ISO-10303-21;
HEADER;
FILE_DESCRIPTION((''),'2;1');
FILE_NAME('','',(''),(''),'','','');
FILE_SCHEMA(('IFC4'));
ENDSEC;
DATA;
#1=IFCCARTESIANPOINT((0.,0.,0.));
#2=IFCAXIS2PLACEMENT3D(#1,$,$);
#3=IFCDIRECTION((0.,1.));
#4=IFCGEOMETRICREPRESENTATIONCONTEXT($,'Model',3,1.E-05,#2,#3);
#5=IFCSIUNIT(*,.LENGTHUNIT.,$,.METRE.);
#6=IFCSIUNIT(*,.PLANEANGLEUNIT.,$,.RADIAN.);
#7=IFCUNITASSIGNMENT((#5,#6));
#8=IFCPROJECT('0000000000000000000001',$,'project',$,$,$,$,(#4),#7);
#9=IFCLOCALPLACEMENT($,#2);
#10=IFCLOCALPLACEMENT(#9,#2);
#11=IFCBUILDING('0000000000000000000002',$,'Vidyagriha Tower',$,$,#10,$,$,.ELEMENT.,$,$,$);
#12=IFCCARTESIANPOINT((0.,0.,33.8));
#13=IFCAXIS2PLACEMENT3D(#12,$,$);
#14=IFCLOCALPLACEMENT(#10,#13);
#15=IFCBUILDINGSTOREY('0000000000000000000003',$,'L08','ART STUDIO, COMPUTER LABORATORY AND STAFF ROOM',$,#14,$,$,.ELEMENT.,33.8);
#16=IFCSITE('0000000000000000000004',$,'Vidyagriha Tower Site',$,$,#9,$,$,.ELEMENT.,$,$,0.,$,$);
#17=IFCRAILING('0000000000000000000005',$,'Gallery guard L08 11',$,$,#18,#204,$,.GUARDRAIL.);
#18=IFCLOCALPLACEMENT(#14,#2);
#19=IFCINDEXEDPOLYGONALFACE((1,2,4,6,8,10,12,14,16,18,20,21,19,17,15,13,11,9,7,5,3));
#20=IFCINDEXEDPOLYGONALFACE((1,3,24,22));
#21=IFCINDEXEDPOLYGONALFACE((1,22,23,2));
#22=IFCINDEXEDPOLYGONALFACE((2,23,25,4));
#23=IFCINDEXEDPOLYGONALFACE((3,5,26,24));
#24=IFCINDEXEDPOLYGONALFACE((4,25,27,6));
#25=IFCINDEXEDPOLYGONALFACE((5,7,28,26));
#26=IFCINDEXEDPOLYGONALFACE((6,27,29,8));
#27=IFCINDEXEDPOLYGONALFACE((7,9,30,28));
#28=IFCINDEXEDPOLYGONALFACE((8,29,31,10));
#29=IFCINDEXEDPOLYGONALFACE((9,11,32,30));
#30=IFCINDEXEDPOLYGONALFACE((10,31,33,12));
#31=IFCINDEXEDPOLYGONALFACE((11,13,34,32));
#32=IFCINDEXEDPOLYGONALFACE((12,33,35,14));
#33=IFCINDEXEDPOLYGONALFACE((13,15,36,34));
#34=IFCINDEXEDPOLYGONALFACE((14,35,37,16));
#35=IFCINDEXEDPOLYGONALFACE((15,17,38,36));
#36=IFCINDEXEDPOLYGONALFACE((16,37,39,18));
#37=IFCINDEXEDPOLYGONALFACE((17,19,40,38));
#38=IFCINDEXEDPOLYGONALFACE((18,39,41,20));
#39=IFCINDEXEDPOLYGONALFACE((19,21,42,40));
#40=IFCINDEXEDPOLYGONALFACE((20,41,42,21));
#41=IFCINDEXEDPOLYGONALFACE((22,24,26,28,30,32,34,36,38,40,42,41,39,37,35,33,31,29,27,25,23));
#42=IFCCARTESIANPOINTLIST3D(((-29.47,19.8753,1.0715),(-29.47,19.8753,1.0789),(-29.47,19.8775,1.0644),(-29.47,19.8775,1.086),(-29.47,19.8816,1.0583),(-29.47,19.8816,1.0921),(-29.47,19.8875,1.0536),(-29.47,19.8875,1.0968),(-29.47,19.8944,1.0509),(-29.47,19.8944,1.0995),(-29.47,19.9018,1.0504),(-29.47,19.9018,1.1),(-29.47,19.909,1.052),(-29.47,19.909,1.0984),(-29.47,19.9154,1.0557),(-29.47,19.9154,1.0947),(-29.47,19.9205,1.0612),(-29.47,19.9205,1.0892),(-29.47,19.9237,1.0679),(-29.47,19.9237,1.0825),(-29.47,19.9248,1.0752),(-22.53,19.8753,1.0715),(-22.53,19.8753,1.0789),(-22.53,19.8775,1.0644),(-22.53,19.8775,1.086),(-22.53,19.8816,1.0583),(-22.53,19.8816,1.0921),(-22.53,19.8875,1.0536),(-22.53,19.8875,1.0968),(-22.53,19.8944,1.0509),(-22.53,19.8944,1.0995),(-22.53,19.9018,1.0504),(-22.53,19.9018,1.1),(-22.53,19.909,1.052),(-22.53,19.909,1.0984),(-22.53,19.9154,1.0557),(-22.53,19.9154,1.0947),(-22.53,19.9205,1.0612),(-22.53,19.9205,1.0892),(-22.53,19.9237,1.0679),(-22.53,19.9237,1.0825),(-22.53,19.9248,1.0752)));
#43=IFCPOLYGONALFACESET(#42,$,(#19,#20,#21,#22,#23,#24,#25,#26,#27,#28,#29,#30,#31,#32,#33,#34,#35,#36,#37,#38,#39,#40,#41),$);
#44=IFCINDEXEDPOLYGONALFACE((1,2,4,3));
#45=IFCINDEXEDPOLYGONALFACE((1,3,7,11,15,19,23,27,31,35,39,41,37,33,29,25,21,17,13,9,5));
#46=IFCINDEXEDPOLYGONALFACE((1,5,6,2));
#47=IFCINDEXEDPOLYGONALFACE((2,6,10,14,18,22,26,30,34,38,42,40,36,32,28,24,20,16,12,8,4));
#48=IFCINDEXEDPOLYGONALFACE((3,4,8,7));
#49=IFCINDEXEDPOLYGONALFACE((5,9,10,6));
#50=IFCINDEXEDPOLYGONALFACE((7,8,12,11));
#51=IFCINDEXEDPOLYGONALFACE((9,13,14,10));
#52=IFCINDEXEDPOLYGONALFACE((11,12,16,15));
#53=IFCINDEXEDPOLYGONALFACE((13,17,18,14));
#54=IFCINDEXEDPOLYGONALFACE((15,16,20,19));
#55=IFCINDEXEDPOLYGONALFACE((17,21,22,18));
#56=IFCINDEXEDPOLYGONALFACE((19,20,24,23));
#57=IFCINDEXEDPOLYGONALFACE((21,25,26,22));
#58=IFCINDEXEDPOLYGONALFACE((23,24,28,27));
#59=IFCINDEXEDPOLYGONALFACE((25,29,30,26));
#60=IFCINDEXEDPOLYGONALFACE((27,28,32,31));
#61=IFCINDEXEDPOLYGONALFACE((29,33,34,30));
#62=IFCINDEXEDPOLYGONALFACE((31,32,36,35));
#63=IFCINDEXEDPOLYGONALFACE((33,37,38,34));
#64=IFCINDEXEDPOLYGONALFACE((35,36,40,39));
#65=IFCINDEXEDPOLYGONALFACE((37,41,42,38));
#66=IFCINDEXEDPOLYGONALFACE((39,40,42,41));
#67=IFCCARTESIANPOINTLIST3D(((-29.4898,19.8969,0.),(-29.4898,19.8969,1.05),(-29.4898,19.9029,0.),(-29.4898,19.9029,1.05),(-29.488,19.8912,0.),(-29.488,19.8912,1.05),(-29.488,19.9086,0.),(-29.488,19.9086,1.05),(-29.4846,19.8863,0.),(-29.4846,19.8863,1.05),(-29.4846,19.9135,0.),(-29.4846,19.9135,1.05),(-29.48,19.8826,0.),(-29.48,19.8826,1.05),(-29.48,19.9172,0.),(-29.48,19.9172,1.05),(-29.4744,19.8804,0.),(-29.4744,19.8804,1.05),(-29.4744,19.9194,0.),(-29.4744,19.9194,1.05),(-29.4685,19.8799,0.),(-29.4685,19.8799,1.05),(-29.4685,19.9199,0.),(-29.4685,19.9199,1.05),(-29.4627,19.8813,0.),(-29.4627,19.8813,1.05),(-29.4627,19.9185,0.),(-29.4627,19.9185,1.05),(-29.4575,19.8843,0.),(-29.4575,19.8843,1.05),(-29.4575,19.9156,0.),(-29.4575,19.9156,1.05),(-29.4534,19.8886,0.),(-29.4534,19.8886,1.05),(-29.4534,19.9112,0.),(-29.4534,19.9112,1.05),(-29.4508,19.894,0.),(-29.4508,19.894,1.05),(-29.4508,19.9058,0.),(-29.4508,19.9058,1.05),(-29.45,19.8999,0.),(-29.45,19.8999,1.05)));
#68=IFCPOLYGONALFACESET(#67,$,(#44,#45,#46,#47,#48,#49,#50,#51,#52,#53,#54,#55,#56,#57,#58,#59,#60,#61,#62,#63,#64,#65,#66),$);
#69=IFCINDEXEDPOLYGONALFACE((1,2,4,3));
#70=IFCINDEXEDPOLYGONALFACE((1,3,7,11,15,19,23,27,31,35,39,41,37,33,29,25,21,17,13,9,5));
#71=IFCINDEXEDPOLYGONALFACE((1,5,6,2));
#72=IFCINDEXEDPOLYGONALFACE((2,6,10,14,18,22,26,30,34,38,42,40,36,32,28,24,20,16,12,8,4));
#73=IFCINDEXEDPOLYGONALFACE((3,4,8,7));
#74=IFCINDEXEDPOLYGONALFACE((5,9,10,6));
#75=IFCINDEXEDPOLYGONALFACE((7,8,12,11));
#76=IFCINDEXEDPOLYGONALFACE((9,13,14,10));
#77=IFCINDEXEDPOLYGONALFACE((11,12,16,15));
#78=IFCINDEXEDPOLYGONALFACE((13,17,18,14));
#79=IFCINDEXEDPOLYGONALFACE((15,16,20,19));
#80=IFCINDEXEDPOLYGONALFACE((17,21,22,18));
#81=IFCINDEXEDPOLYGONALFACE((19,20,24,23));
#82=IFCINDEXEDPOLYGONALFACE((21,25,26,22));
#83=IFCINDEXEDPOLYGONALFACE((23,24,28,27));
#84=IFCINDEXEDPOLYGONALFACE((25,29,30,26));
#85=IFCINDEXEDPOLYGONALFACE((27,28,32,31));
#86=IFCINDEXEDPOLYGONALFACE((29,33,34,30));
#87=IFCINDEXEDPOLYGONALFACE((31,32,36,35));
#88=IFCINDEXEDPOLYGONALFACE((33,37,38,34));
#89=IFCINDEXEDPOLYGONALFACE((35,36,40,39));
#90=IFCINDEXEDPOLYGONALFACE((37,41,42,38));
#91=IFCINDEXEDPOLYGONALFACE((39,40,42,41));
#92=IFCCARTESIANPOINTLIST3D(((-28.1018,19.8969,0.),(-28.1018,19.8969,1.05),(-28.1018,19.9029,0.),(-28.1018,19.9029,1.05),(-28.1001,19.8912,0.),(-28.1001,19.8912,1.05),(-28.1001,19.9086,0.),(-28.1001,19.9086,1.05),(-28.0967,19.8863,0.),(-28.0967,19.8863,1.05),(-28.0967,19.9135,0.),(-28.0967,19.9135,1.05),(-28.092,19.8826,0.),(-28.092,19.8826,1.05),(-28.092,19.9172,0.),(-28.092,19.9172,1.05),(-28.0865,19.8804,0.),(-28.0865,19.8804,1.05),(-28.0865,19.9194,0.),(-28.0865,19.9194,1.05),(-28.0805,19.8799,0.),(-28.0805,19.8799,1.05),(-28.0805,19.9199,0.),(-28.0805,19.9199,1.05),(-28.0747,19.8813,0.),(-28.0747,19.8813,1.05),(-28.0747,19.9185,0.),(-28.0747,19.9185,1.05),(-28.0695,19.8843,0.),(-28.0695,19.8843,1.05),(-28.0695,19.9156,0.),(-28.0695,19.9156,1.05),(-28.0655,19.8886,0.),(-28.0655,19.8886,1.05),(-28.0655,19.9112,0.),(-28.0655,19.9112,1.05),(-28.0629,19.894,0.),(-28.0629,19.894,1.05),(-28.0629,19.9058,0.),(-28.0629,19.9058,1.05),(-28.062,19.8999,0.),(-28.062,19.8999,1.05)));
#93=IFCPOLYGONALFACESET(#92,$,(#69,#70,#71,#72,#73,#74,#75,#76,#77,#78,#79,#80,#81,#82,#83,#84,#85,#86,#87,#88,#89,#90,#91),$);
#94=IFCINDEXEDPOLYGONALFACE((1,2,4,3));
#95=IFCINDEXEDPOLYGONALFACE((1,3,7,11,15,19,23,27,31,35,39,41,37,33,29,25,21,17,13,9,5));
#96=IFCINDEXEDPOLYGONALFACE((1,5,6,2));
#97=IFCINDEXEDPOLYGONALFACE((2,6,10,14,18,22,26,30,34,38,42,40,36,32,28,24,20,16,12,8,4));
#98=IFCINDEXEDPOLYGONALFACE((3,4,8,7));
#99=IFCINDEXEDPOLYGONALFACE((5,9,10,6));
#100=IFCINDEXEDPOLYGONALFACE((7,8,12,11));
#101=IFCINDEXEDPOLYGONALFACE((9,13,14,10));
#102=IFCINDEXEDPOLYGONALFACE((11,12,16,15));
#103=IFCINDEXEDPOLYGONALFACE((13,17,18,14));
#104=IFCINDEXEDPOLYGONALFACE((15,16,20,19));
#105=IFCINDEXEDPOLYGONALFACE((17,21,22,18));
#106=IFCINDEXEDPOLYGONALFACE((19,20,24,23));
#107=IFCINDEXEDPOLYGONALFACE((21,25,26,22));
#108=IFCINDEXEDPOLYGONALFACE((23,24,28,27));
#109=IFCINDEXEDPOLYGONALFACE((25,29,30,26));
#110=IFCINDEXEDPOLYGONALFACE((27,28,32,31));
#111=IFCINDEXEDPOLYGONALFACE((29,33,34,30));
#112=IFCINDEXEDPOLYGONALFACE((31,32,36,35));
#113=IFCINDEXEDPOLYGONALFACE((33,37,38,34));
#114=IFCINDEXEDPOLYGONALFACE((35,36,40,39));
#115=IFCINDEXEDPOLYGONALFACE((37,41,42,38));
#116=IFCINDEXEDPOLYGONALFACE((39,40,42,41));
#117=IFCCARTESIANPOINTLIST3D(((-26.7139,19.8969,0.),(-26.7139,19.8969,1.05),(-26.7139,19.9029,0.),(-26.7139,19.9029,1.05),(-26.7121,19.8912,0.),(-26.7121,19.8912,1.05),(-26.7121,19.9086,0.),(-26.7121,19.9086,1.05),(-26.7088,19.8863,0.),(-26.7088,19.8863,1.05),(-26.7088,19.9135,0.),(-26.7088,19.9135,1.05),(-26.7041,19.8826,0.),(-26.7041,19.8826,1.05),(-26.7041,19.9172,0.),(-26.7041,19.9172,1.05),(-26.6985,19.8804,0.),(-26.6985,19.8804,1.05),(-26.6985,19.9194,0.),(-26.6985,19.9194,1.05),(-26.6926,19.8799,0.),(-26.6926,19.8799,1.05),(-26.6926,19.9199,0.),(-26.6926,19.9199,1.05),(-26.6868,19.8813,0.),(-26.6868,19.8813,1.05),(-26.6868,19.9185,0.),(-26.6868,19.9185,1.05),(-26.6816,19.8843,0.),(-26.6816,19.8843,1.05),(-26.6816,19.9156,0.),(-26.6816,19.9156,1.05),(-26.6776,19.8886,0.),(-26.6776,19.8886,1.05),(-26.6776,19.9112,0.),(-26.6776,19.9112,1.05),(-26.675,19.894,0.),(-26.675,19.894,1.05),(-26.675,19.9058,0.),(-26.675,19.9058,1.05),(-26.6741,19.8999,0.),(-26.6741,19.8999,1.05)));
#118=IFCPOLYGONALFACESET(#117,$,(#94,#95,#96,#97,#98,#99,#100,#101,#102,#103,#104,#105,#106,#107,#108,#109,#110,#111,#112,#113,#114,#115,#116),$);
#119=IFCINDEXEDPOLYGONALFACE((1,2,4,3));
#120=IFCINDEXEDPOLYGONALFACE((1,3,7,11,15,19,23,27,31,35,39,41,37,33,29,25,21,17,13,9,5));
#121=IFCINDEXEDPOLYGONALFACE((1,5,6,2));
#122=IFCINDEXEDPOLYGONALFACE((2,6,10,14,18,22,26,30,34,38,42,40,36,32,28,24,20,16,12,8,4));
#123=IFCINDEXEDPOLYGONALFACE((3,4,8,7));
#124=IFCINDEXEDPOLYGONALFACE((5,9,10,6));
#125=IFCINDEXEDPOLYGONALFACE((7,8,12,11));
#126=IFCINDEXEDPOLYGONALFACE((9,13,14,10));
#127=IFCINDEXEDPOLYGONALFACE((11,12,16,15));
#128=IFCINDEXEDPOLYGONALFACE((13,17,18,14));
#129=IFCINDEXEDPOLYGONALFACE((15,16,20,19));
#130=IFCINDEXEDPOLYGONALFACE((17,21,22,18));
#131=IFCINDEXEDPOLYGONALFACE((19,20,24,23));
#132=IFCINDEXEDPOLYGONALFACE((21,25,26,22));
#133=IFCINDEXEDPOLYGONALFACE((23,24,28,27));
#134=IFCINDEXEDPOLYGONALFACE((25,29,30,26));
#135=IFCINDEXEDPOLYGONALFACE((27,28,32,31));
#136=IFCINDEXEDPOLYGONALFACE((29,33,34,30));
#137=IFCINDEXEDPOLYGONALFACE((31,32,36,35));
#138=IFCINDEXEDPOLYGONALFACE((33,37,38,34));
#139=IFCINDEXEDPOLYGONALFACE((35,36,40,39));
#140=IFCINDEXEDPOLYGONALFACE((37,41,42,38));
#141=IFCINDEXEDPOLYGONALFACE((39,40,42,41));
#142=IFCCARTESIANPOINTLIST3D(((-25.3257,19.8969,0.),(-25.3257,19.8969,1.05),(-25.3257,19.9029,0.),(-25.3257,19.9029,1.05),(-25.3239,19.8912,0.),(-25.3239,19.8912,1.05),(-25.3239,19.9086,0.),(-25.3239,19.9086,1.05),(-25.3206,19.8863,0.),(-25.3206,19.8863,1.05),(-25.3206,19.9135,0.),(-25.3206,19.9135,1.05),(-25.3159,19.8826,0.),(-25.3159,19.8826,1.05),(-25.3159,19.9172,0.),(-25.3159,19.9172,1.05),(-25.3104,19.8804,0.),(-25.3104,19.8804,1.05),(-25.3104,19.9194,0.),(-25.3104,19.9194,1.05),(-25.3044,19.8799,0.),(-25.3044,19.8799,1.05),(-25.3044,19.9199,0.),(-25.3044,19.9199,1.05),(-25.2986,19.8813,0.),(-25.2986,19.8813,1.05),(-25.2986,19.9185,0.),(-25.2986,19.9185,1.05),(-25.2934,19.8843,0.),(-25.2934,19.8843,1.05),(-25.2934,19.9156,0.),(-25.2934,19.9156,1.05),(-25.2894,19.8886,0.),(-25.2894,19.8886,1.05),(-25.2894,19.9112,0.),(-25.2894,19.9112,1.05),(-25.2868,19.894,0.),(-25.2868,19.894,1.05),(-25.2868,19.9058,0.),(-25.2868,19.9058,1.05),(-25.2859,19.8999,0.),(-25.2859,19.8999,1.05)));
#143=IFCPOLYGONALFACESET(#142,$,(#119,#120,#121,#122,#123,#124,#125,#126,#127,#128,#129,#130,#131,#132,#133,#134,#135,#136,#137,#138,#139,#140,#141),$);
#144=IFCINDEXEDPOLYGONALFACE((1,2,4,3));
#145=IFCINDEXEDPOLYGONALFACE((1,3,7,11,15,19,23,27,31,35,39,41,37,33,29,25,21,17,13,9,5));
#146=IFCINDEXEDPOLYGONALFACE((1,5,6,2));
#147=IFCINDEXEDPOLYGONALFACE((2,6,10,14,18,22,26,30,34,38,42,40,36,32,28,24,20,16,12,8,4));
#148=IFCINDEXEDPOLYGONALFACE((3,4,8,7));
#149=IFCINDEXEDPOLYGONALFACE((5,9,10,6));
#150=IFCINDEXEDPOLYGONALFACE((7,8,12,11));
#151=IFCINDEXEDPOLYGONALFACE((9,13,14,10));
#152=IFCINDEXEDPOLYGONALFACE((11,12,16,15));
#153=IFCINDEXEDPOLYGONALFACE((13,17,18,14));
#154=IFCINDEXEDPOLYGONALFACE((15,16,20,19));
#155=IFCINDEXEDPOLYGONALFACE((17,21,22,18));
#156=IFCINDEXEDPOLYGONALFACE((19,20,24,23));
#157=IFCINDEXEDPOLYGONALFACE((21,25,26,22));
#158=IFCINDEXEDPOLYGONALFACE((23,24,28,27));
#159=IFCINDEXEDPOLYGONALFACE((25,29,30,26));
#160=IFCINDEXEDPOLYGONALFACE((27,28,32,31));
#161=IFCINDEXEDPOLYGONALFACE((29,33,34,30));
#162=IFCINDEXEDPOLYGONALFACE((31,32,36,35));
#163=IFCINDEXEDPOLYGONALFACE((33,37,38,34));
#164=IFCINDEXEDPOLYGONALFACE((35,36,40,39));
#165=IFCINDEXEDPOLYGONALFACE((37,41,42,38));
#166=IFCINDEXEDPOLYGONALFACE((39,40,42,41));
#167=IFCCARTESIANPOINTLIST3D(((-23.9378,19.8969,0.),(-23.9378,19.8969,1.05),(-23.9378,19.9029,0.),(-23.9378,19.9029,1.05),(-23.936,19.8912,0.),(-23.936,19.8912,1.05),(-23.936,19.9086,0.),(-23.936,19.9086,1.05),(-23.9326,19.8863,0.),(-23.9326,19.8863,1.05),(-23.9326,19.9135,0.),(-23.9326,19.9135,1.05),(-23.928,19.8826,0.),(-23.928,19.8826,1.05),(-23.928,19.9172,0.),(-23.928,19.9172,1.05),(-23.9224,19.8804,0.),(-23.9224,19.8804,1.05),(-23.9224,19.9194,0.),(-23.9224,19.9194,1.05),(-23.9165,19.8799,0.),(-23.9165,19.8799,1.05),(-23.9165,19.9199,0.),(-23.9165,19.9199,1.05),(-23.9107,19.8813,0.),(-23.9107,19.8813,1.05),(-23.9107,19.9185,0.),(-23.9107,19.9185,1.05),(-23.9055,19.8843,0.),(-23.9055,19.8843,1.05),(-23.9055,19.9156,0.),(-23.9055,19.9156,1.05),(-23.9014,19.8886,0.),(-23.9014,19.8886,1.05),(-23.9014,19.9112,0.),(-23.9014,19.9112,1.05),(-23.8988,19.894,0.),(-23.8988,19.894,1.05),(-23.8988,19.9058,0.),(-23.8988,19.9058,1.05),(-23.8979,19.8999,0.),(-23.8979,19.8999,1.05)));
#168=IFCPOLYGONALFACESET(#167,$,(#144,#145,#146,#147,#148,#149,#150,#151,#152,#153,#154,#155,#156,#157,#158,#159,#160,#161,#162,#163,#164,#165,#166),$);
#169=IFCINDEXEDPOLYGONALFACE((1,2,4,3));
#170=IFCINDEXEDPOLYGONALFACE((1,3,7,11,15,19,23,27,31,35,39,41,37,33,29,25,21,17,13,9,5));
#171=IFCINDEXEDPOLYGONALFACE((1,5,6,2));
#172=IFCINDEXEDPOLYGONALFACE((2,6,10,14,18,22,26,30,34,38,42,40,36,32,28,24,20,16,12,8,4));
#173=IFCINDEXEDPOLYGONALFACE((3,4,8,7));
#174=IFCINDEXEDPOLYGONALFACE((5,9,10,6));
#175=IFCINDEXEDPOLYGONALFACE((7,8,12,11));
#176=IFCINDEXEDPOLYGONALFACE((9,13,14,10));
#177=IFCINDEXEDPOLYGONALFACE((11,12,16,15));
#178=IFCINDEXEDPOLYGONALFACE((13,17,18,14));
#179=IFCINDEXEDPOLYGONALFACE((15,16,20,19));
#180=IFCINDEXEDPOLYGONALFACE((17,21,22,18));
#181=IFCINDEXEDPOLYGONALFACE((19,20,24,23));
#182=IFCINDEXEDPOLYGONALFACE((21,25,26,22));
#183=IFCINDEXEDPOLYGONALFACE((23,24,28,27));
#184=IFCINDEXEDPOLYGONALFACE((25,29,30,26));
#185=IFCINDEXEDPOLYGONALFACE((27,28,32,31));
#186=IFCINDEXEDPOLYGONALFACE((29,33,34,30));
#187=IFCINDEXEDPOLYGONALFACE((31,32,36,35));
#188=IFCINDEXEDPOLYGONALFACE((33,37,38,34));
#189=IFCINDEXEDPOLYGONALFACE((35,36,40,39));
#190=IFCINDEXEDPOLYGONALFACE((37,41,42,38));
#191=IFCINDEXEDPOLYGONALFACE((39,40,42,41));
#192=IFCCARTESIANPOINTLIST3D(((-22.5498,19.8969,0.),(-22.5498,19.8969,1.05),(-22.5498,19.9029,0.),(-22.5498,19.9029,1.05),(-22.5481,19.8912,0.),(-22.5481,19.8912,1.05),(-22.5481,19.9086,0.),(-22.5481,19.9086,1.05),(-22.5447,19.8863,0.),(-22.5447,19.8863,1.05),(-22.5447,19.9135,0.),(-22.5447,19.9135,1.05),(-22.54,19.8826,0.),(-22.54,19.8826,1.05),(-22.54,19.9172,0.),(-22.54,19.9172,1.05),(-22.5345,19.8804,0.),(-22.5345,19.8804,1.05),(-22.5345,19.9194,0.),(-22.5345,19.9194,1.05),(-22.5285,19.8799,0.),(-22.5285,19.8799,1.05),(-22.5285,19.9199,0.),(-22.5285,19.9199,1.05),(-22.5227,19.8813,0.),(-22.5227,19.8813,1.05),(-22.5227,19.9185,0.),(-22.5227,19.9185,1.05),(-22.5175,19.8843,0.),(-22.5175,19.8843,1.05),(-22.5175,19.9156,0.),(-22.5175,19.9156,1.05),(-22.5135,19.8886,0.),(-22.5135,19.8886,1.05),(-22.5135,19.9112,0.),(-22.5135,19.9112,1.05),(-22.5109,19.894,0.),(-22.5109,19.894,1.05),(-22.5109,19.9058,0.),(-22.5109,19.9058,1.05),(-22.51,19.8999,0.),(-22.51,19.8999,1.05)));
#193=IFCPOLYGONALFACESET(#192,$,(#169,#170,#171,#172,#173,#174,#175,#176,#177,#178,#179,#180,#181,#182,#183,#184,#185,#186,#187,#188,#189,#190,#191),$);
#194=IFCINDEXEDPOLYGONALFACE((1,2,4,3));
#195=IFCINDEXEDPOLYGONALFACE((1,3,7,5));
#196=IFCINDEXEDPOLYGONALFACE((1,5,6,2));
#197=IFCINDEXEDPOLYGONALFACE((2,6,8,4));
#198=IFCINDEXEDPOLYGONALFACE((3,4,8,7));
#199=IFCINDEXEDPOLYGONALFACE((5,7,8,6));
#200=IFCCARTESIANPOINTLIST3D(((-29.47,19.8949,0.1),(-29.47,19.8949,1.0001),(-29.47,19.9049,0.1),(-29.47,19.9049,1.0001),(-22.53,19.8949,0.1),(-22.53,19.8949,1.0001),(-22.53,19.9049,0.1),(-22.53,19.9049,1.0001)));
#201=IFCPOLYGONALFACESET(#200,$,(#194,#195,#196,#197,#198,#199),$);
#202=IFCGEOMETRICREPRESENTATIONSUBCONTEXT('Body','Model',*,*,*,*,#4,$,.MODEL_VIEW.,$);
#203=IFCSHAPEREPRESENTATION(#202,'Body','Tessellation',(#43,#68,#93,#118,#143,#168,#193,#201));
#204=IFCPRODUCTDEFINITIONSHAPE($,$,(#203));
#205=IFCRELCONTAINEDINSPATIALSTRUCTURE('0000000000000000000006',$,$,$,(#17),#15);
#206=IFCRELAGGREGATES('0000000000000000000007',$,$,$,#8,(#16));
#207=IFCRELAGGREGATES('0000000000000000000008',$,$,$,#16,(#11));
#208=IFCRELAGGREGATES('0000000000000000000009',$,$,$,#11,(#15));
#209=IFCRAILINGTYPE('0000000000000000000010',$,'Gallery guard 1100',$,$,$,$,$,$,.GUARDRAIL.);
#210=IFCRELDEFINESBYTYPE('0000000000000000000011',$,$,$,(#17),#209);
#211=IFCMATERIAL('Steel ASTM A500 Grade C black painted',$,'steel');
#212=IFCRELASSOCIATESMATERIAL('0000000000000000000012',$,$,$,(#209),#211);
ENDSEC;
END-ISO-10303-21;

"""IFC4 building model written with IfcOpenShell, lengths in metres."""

from ifc_helpers import new_model, si_unit, direction, frame, origin, origin_2d, place, context, subcontext, project, spatial, rectangle, circle, extrude, material, type_object, element, save


model = new_model("IFC4")

# Units and contexts
model_context = context("Model", 3, precision=1e-05, world=origin(), true_north=direction((0.0, 1.0)))
body_context = subcontext(model_context, "Body", "Model", "MODEL_VIEW")
ifc_project = project(units=[si_unit("LENGTHUNIT", "METRE"), si_unit("PLANEANGLEUNIT", "RADIAN")], contexts=[model_context])

# Site, building, storey
site_placement = place(None, origin())
site = spatial("IfcSite", under=ifc_project, at=site_placement, Name="Vidyagriha Tower Site", CompositionType="ELEMENT", RefElevation=0.0)
building_placement = place(site_placement, origin())
building = spatial("IfcBuilding", under=site, at=building_placement, Name="Vidyagriha Tower", CompositionType="ELEMENT")
storey_placement = place(building_placement, frame((0.0, 0.0, 33.8)))
storey = spatial("IfcBuildingStorey", under=building, at=storey_placement, Name="L08", Description="ART STUDIO, COMPUTER LABORATORY AND STAFF ROOM", CompositionType="ELEMENT", Elevation=33.8)

# Railing
ifc_material_1 = material(Name="Steel ASTM A500 Grade C black painted", Category="steel")
railing_type = type_object("IfcRailingType", Name="Gallery guard 1100", PredefinedType="GUARDRAIL", material=ifc_material_1)
railing_1_placement = place(storey_placement, frame((-29.47, 19.8999, 0.0)))
element("IfcRailing", 1, at=railing_1_placement, inside=storey, type_object=railing_type, Name="Gallery guard L08 11", PredefinedType="GUARDRAIL", context=body_context, shape_type="SweptSolid", body=[
    extrude(circle(Radius=0.0249, at=origin_2d()), frame((0.0, 0.0, 1.0752), z_axis=(1.0, 0.0, 0.0), x_axis=(0.0, 1.0, 0.0)), (0.0, 0.0, 1.0), 6.9399),
    extrude(circle(Radius=0.02, at=origin_2d()), origin(), (0.0, 0.0, 1.0), 1.05),
    extrude(circle(Radius=0.02, at=origin_2d()), frame((1.3879, 0.0, 0.0)), (0.0, 0.0, 1.0), 1.05),
    extrude(circle(Radius=0.02, at=origin_2d()), frame((2.7759, 0.0, 0.0)), (0.0, 0.0, 1.0), 1.05),
    extrude(circle(Radius=0.02, at=origin_2d()), frame((4.1641, 0.0, 0.0)), (0.0, 0.0, 1.0), 1.05),
    extrude(circle(Radius=0.02, at=origin_2d()), frame((5.552, 0.0, 0.0)), (0.0, 0.0, 1.0), 1.05),
    extrude(circle(Radius=0.02, at=origin_2d()), frame((6.9399, 0.0, 0.0)), (0.0, 0.0, 1.0), 1.05),
    extrude(rectangle(XDim=0.01, YDim=0.9001, at=origin_2d()), frame((0.0, 0.0, 0.55), z_axis=(1.0, 0.0, 0.0), x_axis=(0.0, 1.0, 0.0)), (0.0, 0.0, 1.0), 6.9399),
])

save(model, "model.ifc")
